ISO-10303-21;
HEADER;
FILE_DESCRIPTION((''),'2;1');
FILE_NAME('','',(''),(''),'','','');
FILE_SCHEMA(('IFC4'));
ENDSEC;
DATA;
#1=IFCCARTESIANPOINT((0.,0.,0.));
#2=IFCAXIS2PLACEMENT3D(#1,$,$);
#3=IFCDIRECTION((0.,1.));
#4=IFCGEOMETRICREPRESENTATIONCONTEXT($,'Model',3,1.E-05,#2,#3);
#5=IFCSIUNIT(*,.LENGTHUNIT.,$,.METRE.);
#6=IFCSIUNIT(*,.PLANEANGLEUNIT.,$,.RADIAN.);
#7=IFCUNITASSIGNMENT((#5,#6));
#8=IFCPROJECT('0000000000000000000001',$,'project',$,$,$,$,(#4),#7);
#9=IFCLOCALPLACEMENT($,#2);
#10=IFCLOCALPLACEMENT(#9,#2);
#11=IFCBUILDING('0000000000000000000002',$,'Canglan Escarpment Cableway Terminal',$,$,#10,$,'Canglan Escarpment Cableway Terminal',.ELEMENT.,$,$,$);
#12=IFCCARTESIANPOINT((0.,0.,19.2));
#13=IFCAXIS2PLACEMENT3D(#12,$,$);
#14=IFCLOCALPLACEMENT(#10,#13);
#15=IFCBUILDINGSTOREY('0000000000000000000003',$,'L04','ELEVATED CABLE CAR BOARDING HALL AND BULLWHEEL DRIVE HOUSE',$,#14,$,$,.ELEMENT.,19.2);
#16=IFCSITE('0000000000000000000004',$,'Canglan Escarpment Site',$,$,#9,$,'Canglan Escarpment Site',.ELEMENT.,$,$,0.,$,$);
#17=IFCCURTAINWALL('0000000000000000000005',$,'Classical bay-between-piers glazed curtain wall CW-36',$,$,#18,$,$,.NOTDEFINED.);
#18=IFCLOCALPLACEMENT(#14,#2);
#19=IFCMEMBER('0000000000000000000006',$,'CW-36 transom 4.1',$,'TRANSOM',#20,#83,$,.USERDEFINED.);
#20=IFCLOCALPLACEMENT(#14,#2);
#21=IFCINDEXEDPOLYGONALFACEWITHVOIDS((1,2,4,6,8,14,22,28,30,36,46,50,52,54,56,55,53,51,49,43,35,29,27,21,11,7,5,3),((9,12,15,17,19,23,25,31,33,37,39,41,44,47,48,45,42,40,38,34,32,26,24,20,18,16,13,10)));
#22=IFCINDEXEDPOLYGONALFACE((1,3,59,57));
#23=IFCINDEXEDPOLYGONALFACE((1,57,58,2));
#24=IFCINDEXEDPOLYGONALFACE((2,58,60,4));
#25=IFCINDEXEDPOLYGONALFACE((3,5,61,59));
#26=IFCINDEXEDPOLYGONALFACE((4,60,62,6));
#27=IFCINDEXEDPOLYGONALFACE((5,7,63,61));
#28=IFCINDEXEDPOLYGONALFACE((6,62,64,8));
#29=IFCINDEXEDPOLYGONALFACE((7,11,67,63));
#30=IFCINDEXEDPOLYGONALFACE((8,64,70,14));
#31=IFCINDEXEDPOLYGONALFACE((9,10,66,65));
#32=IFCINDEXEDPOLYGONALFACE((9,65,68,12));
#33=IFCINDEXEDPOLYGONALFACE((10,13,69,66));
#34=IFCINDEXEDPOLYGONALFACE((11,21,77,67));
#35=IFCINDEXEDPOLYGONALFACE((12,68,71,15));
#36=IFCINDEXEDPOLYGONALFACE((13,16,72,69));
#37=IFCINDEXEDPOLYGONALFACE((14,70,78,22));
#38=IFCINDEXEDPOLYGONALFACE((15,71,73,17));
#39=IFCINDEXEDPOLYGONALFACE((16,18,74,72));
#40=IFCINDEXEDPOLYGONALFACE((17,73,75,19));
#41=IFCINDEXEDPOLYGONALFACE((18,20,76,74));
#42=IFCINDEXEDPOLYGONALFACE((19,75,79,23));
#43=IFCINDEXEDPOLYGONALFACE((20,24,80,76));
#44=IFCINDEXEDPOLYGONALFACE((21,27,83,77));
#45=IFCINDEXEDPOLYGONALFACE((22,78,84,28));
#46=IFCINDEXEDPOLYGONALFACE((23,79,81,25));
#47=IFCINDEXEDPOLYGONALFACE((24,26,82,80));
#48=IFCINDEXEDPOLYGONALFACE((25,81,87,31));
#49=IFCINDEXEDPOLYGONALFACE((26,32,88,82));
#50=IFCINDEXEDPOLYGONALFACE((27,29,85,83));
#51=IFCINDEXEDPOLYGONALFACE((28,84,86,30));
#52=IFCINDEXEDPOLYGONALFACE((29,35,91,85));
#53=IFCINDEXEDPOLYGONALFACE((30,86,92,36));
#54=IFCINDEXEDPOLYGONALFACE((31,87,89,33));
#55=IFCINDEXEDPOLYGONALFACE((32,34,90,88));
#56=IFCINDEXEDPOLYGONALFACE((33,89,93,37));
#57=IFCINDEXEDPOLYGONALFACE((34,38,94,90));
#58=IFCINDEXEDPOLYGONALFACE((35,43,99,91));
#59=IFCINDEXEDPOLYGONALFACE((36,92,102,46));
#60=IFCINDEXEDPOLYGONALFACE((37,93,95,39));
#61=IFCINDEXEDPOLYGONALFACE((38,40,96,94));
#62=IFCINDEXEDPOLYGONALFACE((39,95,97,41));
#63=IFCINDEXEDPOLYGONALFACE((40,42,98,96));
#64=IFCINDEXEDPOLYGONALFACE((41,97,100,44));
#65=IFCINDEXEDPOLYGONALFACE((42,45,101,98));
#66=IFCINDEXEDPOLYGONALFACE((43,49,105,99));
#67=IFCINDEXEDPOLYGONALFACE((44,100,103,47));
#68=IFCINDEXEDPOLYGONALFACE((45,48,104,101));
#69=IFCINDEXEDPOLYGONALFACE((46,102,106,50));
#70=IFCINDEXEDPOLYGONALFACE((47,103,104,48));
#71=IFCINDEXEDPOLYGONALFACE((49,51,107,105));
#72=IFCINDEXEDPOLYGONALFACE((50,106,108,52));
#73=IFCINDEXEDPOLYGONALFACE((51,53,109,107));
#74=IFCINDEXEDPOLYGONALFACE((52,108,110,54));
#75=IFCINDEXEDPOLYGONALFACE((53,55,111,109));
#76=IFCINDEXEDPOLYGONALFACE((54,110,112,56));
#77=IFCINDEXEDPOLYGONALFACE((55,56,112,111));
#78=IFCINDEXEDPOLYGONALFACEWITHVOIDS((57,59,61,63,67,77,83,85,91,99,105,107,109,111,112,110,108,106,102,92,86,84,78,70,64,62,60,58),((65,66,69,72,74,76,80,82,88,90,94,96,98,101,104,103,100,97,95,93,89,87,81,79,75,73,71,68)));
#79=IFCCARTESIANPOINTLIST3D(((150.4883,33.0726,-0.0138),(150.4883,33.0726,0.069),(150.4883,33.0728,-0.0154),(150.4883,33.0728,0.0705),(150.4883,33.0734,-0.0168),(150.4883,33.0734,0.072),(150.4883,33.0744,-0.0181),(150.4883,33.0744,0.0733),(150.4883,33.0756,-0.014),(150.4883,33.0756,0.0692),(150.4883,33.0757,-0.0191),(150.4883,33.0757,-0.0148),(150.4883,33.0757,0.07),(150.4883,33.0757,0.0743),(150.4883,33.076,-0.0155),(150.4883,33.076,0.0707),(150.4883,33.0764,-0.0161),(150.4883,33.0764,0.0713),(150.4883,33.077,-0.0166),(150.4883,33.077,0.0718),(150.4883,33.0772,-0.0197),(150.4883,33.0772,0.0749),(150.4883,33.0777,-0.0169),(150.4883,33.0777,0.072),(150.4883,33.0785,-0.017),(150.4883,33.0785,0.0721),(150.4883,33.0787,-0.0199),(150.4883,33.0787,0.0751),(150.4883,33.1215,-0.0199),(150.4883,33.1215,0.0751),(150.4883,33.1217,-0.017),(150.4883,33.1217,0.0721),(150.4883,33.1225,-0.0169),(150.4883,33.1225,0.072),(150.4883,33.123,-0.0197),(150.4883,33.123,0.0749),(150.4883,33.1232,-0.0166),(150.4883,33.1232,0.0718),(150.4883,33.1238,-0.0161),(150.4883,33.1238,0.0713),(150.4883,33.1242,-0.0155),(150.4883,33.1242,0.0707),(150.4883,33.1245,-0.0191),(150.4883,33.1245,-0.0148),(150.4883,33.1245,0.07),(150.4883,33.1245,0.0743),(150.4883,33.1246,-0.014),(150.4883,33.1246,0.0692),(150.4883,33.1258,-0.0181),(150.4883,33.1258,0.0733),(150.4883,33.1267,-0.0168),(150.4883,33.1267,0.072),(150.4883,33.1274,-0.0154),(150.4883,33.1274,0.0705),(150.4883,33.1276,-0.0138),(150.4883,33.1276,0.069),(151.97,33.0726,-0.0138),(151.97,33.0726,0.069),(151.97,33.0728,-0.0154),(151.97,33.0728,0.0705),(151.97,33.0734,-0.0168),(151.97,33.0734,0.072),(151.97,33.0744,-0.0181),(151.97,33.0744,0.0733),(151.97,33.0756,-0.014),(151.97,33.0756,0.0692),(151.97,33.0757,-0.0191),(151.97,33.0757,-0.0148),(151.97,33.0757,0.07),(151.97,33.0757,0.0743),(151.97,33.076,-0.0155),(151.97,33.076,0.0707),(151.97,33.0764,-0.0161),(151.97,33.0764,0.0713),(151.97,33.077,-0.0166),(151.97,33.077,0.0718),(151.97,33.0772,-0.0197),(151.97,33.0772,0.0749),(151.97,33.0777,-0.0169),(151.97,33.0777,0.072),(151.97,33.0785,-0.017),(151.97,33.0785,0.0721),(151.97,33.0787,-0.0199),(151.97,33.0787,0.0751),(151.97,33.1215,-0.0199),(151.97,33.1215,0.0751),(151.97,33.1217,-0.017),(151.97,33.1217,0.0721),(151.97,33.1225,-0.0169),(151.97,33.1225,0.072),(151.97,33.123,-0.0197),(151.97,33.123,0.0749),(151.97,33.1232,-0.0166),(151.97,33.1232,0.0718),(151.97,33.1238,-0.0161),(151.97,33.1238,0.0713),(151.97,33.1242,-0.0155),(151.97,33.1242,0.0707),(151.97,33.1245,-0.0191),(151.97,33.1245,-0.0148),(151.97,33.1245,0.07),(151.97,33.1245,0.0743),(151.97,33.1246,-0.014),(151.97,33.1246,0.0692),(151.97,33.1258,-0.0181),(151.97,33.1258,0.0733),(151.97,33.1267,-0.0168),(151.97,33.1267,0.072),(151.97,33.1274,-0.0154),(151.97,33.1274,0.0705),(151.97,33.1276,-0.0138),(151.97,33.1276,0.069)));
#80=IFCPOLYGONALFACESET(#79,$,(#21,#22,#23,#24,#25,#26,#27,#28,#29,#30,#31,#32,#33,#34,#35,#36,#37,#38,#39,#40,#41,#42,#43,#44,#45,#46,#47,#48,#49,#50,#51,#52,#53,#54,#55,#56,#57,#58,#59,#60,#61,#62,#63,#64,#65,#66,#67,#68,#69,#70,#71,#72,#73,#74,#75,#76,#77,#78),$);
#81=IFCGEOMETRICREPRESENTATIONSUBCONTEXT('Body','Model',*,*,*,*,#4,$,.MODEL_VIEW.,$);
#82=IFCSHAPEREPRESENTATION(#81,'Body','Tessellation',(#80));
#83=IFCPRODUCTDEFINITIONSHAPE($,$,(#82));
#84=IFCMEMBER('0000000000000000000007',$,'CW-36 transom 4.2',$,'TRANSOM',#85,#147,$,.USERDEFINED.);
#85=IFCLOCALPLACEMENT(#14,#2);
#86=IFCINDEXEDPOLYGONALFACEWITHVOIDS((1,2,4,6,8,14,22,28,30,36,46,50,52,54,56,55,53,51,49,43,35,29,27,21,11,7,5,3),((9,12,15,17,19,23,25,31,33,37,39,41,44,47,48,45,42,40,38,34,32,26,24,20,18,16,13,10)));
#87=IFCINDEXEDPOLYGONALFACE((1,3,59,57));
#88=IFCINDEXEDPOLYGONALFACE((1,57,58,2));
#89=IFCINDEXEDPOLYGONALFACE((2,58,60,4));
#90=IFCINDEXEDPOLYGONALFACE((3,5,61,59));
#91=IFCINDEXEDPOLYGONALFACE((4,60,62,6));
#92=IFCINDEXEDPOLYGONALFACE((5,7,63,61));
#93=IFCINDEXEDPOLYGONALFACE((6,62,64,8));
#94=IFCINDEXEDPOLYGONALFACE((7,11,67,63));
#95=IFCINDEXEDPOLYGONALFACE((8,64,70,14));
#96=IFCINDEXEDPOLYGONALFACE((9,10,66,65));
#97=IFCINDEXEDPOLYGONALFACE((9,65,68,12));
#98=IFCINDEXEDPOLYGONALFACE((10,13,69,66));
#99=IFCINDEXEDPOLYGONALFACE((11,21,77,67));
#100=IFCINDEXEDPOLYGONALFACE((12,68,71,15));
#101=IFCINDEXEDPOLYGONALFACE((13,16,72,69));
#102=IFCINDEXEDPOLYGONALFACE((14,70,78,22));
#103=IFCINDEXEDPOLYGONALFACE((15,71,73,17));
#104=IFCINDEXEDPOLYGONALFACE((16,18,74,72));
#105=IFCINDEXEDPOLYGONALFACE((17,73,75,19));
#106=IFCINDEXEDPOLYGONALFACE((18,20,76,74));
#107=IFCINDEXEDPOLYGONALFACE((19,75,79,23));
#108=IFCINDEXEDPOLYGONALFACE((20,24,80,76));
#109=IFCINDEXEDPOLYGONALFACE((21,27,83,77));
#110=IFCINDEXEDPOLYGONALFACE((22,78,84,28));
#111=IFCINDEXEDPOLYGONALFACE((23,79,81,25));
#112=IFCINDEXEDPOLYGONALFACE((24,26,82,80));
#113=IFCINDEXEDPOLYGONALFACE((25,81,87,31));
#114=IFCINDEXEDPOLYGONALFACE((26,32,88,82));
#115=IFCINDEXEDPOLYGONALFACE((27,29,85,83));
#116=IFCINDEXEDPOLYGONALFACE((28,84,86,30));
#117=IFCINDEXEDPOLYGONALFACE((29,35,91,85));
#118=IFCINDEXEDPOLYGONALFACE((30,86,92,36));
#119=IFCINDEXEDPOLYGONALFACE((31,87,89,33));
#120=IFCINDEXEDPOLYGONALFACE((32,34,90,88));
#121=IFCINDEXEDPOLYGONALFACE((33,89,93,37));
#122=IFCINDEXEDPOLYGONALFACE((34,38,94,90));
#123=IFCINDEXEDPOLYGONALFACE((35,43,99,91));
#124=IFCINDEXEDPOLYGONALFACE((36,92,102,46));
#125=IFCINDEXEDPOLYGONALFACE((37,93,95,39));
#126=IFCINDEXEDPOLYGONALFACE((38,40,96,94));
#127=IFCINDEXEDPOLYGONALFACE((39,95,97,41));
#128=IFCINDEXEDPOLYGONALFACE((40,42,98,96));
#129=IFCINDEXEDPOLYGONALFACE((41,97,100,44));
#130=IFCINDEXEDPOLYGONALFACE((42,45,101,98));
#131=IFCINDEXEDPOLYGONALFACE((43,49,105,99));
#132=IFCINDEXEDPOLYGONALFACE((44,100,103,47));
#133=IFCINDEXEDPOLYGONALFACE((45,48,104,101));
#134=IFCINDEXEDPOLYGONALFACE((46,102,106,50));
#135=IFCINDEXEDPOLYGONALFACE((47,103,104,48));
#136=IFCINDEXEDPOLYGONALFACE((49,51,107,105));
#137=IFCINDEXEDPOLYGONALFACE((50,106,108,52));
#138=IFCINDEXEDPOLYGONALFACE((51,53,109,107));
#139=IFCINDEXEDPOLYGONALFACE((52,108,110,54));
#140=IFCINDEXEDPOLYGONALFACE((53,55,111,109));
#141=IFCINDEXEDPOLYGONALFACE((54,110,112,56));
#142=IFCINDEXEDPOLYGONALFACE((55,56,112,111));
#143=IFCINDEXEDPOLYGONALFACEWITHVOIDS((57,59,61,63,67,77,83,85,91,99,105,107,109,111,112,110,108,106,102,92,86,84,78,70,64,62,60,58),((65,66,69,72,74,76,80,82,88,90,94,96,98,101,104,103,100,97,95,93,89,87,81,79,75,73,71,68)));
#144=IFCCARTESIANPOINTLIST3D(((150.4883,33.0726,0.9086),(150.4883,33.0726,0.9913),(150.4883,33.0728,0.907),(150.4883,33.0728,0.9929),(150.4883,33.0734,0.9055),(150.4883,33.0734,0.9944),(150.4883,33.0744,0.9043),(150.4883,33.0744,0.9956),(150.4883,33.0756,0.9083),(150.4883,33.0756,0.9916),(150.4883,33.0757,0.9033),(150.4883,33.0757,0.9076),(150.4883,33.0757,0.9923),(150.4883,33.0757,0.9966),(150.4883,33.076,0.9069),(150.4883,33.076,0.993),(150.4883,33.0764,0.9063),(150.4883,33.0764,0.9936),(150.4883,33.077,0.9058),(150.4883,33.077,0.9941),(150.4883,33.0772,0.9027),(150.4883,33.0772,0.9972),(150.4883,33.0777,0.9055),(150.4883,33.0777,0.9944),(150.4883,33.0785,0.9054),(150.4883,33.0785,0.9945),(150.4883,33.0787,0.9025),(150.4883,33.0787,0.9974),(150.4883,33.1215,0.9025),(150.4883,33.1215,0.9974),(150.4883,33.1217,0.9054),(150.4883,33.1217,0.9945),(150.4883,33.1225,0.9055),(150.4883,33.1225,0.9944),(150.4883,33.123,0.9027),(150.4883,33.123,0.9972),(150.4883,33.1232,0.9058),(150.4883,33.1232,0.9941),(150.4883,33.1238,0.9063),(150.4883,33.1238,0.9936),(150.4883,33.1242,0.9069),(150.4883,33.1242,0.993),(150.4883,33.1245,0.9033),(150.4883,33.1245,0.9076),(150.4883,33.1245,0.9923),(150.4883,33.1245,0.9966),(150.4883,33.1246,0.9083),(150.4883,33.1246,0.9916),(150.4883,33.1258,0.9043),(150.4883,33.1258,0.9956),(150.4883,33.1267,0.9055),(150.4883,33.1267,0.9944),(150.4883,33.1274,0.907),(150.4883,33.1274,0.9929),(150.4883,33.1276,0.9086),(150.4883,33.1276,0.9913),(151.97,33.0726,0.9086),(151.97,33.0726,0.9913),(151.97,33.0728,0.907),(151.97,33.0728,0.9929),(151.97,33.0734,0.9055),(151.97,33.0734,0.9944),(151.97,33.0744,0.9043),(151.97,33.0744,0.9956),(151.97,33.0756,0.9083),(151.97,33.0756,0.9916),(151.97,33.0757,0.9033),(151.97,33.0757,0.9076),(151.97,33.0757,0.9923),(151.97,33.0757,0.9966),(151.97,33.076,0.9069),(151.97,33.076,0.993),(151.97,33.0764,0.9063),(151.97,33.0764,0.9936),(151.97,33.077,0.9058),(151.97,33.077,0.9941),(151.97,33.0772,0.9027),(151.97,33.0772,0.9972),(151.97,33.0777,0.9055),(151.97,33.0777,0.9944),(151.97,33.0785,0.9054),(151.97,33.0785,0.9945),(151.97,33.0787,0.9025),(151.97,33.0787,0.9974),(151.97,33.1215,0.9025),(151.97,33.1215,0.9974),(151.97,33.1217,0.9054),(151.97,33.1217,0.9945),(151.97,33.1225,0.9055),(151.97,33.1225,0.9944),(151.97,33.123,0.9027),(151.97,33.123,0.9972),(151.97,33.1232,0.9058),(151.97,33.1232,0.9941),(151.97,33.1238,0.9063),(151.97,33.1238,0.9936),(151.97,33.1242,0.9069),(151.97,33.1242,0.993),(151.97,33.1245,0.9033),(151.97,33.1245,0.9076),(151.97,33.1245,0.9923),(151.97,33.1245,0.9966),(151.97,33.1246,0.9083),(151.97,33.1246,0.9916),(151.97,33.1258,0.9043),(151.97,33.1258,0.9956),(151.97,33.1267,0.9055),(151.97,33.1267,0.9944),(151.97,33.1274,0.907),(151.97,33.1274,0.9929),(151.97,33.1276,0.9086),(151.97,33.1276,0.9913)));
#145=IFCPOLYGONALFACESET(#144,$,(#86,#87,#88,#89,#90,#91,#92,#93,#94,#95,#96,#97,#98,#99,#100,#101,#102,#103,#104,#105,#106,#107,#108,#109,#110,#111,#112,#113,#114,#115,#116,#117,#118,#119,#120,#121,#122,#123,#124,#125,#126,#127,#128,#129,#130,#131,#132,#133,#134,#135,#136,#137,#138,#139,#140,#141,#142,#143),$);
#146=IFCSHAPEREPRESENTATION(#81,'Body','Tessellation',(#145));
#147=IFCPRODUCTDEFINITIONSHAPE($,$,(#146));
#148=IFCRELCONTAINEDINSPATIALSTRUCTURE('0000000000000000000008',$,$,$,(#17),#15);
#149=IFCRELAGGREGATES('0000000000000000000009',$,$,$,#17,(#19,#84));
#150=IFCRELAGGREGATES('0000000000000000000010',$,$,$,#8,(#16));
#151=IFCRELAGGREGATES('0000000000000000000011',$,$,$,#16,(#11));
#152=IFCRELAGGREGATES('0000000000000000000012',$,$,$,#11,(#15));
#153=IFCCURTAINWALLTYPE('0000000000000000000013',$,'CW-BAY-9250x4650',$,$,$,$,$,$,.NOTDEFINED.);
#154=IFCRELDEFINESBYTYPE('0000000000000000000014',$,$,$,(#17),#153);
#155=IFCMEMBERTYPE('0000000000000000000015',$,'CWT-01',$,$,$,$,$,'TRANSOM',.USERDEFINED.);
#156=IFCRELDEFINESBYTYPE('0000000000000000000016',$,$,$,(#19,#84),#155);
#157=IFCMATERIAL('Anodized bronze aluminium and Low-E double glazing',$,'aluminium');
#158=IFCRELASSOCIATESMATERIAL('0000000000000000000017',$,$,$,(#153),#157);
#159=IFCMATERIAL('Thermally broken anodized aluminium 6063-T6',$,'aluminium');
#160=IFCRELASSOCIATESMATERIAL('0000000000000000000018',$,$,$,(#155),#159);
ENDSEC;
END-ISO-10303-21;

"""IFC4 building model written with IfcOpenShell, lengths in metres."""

from ifc_helpers import new_model, si_unit, direction, frame, origin, origin_2d, place, context, subcontext, project, spatial, hollow_rectangle, extrude, material, material_profile, profile_set, type_object, element, aggregate, save


model = new_model("IFC4")

# Units and contexts
model_context = context("Model", 3, precision=1e-05, world=origin(), true_north=direction((0.0, 1.0)))
body_context = subcontext(model_context, "Body", "Model", "MODEL_VIEW")
ifc_project = project(units=[si_unit("LENGTHUNIT", "METRE"), si_unit("PLANEANGLEUNIT", "RADIAN")], contexts=[model_context])

# Site, building, storey
site_placement = place(None, origin())
site = spatial("IfcSite", under=ifc_project, at=site_placement, Name="Canglan Escarpment Site", LongName="Canglan Escarpment Site", CompositionType="ELEMENT", RefElevation=0.0)
building_placement = place(site_placement, origin())
building = spatial("IfcBuilding", under=site, at=building_placement, Name="Canglan Escarpment Cableway Terminal", LongName="Canglan Escarpment Cableway Terminal", CompositionType="ELEMENT")
storey_placement = place(building_placement, frame((0.0, 0.0, 19.2)))
storey = spatial("IfcBuildingStorey", under=building, at=storey_placement, Name="L04", Description="ELEVATED CABLE CAR BOARDING HALL AND BULLWHEEL DRIVE HOUSE", CompositionType="ELEMENT", Elevation=19.2)

# Curtain wall, members
ifc_material_1 = material(Name="Anodized bronze aluminium and Low-E double glazing", Category="aluminium")
curtain_wall_type = type_object("IfcCurtainWallType", Name="CW-BAY-9250x4650", PredefinedType="NOTDEFINED", material=ifc_material_1)
curtain_wall_placement = place(storey_placement, origin())
curtain_wall = element("IfcCurtainWall", 1, at=curtain_wall_placement, inside=storey, type_object=curtain_wall_type, Name="Classical bay-between-piers glazed curtain wall CW-36", PredefinedType="NOTDEFINED")
ifc_material_2 = material(Name="Thermally broken anodized aluminium 6063-T6", Category="aluminium")
ifc_material_profile_1 = material_profile(ifc_material_2, hollow_rectangle(XDim=0.0549, YDim=0.095, WallThickness=0.0029, InnerFilletRadius=0.0029, OuterFilletRadius=0.0061, at=origin_2d()), Name="ALU-TRAN 55x95x3")
ifc_profile_set_1 = profile_set([ifc_material_profile_1], Name="Thermally broken anodized aluminium 6063-T6")
member_type_1 = type_object("IfcMemberType", Name="CWT-01", ElementType="TRANSOM", PredefinedType="USERDEFINED", material=ifc_profile_set_1)
member_1_placement = place(storey_placement, frame((151.97, 33.1001, 0.0276), z_axis=(-1.0, 0.0, 0.0), x_axis=(0.0, -1.0, 0.0)))
member_1 = element("IfcMember", 2, at=member_1_placement, type_object=member_type_1, Name="CW-36 transom 4.1", ObjectType="TRANSOM", PredefinedType="USERDEFINED", context=body_context, shape_type="SweptSolid", body=[
    extrude(hollow_rectangle(XDim=0.0549, YDim=0.095, WallThickness=0.0029, InnerFilletRadius=0.0029, OuterFilletRadius=0.0061, at=origin_2d()), origin(), (0.0, 0.0, 1.0), 1.4817),
])
member_2_placement = place(storey_placement, frame((151.97, 33.1001, 0.95), z_axis=(-1.0, 0.0, 0.0), x_axis=(0.0, -1.0, 0.0)))
member_2 = element("IfcMember", 3, at=member_2_placement, type_object=member_type_1, Name="CW-36 transom 4.2", ObjectType="TRANSOM", PredefinedType="USERDEFINED", context=body_context, shape_type="SweptSolid", body=[
    extrude(hollow_rectangle(XDim=0.0549, YDim=0.095, WallThickness=0.0029, InnerFilletRadius=0.0029, OuterFilletRadius=0.0061, at=origin_2d()), origin(), (0.0, 0.0, 1.0), 1.4817),
])

aggregate(curtain_wall, [member_1, member_2])

save(model, "model.ifc")
